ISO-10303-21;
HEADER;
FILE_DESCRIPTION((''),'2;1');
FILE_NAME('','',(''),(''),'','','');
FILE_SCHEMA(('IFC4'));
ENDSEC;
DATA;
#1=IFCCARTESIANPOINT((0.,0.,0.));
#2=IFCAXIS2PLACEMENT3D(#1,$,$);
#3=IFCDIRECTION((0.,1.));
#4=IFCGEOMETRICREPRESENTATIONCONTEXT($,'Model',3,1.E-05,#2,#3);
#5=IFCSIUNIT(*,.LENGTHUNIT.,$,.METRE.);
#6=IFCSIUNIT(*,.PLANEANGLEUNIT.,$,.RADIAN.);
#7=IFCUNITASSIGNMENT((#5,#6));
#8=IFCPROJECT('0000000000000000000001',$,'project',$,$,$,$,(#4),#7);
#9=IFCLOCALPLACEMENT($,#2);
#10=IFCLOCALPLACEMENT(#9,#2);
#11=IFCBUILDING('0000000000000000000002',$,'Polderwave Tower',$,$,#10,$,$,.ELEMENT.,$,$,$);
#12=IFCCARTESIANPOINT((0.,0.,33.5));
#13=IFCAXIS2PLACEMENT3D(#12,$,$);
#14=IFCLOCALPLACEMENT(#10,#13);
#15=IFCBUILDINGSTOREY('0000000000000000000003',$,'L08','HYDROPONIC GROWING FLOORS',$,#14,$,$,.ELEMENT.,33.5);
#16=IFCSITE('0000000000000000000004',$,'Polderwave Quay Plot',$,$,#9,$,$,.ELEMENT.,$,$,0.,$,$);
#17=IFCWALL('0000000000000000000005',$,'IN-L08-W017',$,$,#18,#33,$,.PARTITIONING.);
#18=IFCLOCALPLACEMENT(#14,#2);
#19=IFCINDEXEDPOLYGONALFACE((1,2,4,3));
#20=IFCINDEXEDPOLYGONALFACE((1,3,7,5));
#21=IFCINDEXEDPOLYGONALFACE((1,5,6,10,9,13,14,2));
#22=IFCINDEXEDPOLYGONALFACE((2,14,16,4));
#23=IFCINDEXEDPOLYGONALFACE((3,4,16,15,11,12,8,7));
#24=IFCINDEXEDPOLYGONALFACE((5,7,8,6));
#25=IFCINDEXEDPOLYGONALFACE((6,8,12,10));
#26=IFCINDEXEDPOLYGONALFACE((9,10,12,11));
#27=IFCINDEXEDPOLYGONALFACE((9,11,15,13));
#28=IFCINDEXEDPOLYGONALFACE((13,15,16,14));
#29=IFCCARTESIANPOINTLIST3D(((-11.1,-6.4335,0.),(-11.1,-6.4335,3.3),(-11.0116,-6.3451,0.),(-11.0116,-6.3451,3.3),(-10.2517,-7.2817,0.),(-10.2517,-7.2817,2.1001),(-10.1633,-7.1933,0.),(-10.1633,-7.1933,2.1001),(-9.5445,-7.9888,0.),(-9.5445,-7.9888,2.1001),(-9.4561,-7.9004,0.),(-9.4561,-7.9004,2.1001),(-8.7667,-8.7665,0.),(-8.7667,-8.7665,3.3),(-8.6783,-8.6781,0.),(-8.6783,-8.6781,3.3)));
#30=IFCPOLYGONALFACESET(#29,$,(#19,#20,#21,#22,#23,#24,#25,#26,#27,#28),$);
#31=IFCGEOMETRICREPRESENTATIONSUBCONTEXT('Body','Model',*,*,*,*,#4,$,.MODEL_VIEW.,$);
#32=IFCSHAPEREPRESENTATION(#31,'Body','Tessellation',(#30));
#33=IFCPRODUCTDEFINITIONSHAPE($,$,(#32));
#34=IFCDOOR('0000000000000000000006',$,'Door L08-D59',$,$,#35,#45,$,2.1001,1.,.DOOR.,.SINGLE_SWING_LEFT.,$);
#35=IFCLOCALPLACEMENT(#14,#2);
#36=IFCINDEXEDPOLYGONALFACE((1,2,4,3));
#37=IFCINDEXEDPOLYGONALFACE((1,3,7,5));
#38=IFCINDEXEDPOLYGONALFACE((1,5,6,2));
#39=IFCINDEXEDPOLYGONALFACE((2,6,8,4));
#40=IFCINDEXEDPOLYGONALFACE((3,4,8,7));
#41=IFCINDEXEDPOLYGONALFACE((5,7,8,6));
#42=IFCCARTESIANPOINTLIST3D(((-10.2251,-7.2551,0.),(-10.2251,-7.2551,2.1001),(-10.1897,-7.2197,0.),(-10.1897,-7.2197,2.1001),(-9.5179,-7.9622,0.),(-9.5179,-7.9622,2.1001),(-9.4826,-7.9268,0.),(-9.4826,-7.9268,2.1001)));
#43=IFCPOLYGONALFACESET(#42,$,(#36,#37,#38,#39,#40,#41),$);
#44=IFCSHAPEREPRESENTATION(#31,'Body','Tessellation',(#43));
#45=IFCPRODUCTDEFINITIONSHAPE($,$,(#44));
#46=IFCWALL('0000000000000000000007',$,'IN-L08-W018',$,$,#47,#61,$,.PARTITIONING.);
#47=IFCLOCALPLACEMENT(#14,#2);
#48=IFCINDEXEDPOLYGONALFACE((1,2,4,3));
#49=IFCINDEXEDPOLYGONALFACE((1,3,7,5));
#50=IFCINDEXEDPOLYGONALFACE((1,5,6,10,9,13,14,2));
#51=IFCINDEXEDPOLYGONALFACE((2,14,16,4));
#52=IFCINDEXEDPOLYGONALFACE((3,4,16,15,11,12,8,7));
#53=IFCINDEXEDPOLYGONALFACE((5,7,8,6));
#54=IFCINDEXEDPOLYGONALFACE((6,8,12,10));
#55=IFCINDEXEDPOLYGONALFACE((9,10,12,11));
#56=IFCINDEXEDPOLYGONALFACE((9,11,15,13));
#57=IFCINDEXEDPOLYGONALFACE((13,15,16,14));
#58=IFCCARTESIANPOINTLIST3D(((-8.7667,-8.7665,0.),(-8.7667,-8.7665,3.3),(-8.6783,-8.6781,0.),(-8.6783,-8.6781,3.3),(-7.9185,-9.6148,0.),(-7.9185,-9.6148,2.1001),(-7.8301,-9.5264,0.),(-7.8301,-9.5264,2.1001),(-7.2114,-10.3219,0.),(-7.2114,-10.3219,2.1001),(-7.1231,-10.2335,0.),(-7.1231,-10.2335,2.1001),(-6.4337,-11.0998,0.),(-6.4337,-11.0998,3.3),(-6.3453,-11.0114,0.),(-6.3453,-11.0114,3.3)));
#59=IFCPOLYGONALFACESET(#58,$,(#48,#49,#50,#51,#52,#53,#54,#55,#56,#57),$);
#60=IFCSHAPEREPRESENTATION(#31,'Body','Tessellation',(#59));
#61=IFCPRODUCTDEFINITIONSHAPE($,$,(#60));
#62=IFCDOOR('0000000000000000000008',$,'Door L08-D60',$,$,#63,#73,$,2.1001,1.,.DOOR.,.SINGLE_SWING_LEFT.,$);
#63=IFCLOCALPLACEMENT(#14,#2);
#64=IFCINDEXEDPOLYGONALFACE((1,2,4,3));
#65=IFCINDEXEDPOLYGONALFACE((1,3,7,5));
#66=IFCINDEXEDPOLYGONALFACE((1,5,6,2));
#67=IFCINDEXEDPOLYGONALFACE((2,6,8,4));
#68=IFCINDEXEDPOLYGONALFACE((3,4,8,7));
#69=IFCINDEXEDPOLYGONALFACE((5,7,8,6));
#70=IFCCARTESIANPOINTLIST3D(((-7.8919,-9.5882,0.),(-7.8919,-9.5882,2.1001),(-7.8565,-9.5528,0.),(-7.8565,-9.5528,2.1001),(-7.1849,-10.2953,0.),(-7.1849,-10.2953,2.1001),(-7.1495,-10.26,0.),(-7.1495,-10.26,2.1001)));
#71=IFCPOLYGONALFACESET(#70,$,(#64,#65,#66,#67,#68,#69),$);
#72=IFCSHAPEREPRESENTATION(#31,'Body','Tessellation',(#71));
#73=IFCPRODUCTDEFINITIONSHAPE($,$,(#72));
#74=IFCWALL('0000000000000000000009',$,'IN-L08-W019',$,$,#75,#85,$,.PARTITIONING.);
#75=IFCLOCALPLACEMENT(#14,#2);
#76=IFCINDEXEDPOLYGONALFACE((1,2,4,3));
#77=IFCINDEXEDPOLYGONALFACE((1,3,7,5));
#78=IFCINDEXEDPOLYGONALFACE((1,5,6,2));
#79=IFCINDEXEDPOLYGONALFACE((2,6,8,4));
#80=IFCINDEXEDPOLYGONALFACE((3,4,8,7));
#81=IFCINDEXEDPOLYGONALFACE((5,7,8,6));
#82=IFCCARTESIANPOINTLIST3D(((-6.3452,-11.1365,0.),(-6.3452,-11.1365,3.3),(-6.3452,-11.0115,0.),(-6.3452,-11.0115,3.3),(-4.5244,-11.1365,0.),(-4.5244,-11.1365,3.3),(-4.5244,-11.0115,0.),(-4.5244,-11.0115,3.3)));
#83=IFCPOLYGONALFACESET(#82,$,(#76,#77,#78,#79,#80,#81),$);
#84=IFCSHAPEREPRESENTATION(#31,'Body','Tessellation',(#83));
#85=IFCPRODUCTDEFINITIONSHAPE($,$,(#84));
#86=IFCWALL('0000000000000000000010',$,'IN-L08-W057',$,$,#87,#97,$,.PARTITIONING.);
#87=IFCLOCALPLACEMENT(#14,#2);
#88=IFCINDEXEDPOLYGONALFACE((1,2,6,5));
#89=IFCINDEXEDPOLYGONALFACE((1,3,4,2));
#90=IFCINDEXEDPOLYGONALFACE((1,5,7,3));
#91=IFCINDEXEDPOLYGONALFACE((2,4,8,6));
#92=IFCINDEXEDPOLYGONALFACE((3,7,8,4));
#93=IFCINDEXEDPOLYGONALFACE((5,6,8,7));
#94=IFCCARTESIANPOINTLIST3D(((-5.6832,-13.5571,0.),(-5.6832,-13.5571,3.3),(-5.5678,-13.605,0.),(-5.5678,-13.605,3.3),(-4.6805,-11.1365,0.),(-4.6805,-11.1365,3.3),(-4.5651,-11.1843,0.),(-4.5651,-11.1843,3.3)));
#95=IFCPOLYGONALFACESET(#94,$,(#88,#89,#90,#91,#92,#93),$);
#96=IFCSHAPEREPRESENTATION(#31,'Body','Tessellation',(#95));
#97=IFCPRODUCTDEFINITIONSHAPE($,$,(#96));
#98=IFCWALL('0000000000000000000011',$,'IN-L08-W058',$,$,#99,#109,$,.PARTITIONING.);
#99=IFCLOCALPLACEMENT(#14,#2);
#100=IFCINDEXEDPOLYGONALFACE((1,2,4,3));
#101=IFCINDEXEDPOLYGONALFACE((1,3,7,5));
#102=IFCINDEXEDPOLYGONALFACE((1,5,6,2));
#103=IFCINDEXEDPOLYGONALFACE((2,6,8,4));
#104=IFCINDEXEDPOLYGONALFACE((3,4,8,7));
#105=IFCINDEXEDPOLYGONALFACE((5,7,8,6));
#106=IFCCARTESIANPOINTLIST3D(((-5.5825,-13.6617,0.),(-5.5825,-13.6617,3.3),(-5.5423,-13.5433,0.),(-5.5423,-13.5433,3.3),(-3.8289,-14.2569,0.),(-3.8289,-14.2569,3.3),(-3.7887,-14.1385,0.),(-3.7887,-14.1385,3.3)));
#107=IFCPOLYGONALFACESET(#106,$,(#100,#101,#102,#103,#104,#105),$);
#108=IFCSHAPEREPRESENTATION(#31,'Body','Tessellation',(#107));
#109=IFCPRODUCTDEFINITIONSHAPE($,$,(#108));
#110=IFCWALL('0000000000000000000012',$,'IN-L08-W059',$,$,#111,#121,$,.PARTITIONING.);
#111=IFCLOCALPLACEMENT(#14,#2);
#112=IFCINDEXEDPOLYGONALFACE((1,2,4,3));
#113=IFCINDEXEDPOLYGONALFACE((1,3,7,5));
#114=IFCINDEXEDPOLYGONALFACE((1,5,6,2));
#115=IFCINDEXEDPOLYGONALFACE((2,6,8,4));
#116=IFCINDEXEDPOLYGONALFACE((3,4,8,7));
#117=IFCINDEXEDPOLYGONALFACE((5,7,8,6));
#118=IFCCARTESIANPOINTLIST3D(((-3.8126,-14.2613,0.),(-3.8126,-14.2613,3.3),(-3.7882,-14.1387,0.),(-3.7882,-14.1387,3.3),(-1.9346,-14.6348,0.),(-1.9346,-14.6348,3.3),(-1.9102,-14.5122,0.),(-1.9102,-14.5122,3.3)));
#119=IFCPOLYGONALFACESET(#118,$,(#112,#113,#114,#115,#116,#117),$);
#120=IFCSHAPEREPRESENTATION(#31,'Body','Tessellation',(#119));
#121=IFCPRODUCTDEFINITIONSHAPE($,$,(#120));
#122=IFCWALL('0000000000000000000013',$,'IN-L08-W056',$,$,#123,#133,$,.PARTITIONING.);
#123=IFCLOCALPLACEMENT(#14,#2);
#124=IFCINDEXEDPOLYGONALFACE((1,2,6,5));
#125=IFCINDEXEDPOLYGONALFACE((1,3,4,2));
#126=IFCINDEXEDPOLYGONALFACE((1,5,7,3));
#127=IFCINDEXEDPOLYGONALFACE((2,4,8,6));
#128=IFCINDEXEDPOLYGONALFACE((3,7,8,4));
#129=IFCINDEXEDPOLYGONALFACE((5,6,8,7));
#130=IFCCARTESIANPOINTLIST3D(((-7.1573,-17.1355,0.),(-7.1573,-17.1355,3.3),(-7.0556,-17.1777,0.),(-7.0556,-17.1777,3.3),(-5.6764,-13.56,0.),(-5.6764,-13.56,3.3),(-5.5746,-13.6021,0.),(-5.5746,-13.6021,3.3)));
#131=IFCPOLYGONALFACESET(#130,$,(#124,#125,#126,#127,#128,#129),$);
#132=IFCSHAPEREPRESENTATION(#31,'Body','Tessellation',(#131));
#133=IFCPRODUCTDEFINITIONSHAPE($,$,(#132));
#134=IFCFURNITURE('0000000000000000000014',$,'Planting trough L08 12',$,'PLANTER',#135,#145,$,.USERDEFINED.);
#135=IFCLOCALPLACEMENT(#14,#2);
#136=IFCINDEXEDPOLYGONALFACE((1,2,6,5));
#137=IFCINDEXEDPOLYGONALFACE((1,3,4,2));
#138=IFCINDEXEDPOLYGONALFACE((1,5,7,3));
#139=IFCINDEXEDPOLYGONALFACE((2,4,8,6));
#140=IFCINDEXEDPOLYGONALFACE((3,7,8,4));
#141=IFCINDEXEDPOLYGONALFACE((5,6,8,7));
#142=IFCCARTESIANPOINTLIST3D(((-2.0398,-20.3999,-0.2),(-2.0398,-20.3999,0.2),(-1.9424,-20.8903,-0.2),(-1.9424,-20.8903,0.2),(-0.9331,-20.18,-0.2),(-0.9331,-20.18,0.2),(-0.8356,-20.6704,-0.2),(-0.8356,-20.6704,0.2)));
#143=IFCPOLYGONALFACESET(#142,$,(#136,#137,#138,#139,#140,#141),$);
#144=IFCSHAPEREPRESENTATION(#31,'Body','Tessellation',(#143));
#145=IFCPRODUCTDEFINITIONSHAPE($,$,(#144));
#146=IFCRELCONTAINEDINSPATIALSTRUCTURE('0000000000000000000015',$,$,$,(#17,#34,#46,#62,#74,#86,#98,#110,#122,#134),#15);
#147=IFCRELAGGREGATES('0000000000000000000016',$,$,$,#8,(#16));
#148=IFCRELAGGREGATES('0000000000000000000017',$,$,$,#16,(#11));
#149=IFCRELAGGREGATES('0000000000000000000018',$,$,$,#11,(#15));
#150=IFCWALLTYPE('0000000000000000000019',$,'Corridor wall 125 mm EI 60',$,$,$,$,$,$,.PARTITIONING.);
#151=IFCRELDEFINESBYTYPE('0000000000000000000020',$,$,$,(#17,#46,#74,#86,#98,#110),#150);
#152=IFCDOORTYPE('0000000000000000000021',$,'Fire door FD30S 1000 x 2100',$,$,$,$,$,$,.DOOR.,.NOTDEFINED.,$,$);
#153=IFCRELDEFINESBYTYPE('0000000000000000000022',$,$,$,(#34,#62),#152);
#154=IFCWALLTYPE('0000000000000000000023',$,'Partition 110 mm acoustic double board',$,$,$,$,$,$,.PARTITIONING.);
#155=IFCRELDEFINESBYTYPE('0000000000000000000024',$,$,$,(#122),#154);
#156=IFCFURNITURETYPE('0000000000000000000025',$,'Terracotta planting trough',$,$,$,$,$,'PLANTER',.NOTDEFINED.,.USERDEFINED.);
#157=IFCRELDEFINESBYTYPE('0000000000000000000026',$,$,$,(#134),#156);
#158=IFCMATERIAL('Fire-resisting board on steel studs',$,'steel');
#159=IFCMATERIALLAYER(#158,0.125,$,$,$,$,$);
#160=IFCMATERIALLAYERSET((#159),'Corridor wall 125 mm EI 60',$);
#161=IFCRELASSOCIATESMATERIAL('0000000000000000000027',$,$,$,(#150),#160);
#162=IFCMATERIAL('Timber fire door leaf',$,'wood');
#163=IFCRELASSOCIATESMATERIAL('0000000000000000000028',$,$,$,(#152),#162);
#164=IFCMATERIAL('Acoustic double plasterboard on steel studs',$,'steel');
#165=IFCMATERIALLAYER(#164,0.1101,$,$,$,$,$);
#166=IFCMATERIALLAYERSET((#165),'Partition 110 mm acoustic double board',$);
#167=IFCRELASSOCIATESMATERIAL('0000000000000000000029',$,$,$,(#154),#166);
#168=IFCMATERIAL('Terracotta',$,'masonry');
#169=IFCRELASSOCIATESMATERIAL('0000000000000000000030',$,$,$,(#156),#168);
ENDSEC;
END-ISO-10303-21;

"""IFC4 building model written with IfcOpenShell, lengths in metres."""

from ifc_helpers import new_model, si_unit, direction, frame, frame_2d, origin, origin_2d, place, context, subcontext, project, spatial, rectangle, extrude, material, layer, layer_set, type_object, element, fill, save


model = new_model("IFC4")

# Units and contexts
model_context = context("Model", 3, precision=1e-05, world=origin(), true_north=direction((0.0, 1.0)))
body_context = subcontext(model_context, "Body", "Model", "MODEL_VIEW")
ifc_project = project(units=[si_unit("LENGTHUNIT", "METRE"), si_unit("PLANEANGLEUNIT", "RADIAN")], contexts=[model_context])

# Site, building, storey
site_placement = place(None, origin())
site = spatial("IfcSite", under=ifc_project, at=site_placement, Name="Polderwave Quay Plot", CompositionType="ELEMENT", RefElevation=0.0)
building_placement = place(site_placement, origin())
building = spatial("IfcBuilding", under=site, at=building_placement, Name="Polderwave Tower", CompositionType="ELEMENT")
storey_placement = place(building_placement, frame((0.0, 0.0, 33.5)))
storey = spatial("IfcBuildingStorey", under=building, at=storey_placement, Name="L08", Description="HYDROPONIC GROWING FLOORS", CompositionType="ELEMENT", Elevation=33.5)

# Walls, openings, doors
ifc_material_1 = material(Name="Fire-resisting board on steel studs", Category="steel")
ifc_layer_1 = layer(ifc_material_1, 0.125)
ifc_layer_set_1 = layer_set([ifc_layer_1], Name="Corridor wall 125 mm EI 60")
wall_type_1 = type_object("IfcWallType", Name="Corridor wall 125 mm EI 60", PredefinedType="PARTITIONING", material=ifc_layer_set_1)
wall_1_placement = place(storey_placement, frame((-8.7224, -8.7224, 0.0), z_axis=(0.0, 0.0, 1.0), x_axis=(-0.707144, 0.70707, 0.0)))
wall_1 = element("IfcWall", 1, at=wall_1_placement, inside=storey, type_object=wall_type_1, Name="IN-L08-W017", PredefinedType="PARTITIONING", context=body_context, shape_type="SweptSolid", body=[
    extrude(rectangle(XDim=3.2996, YDim=0.125, at=frame_2d((1.6499, 0.0))), origin(), (0.0, 0.0, 1.0), 3.3),
])
opening_1_placement = place(wall_1_placement, frame((1.1001, 0.0, 0.0)))
opening_1 = element("IfcOpeningElement", 2, at=opening_1_placement, cuts=wall_1, PredefinedType="OPENING", context=body_context, shape_type="SweptSolid", body=[
    extrude(rectangle(XDim=1.0, YDim=2.1001, at=frame_2d((0.5, 1.05))), frame((0.0, 0.0725, 0.0), z_axis=(0.0, -1.0, 0.0), x_axis=(1.0, 0.0, 0.0)), (0.0, 0.0, 1.0), 0.145),
])
ifc_material_2 = material(Name="Timber fire door leaf", Category="wood")
door_type = type_object("IfcDoorType", Name="Fire door FD30S 1000 x 2100", OperationType="NOTDEFINED", PredefinedType="DOOR", material=ifc_material_2)
door_1_placement = place(opening_1_placement, origin())
door_1 = element("IfcDoor", 3, at=door_1_placement, inside=storey, type_object=door_type, Name="Door L08-D59", OperationType="SINGLE_SWING_LEFT", OverallHeight=2.1001, OverallWidth=1.0, PredefinedType="DOOR", context=body_context, shape_type="SweptSolid", body=[
    extrude(rectangle(XDim=1.0, YDim=2.1001, at=frame_2d((0.5, 1.05))), frame((0.0, 0.0249, 0.0), z_axis=(0.0, -1.0, 0.0), x_axis=(1.0, 0.0, 0.0)), (0.0, 0.0, 1.0), 0.05),
])
fill(opening_1, door_1)
wall_2_placement = place(storey_placement, frame((-6.3894, -11.0557, 0.0), z_axis=(0.0, 0.0, 1.0), x_axis=(-0.70707, 0.707144, 0.0)))
wall_2 = element("IfcWall", 4, at=wall_2_placement, inside=storey, type_object=wall_type_1, Name="IN-L08-W018", PredefinedType="PARTITIONING", context=body_context, shape_type="SweptSolid", body=[
    extrude(rectangle(XDim=3.2996, YDim=0.125, at=frame_2d((1.6499, 0.0))), origin(), (0.0, 0.0, 1.0), 3.3),
])
opening_2_placement = place(wall_2_placement, frame((1.1001, 0.0, 0.0)))
opening_2 = element("IfcOpeningElement", 5, at=opening_2_placement, cuts=wall_2, PredefinedType="OPENING", context=body_context, shape_type="SweptSolid", body=[
    extrude(rectangle(XDim=1.0, YDim=2.1001, at=frame_2d((0.5, 1.05))), frame((0.0, 0.0725, 0.0), z_axis=(0.0, -1.0, 0.0), x_axis=(1.0, 0.0, 0.0)), (0.0, 0.0, 1.0), 0.145),
])
door_2_placement = place(opening_2_placement, origin())
door_2 = element("IfcDoor", 6, at=door_2_placement, inside=storey, type_object=door_type, Name="Door L08-D60", OperationType="SINGLE_SWING_LEFT", OverallHeight=2.1001, OverallWidth=1.0, PredefinedType="DOOR", context=body_context, shape_type="SweptSolid", body=[
    extrude(rectangle(XDim=1.0, YDim=2.1001, at=frame_2d((0.5, 1.05))), frame((0.0, 0.0249, 0.0), z_axis=(0.0, -1.0, 0.0), x_axis=(1.0, 0.0, 0.0)), (0.0, 0.0, 1.0), 0.05),
])
fill(opening_2, door_2)

# Walls
wall_3_placement = place(storey_placement, frame((-4.5244, -11.074, 0.0), z_axis=(0.0, 0.0, 1.0), x_axis=(-1.0, 0.0, 0.0)))
element("IfcWall", 7, at=wall_3_placement, inside=storey, type_object=wall_type_1, Name="IN-L08-W019", PredefinedType="PARTITIONING", context=body_context, shape_type="SweptSolid", body=[
    extrude(rectangle(XDim=1.8208, YDim=0.125, at=frame_2d((0.9104, 0.0))), origin(), (0.0, 0.0, 1.0), 3.3),
])
wall_4_placement = place(storey_placement, frame((-4.6228, -11.1604, 0.0), z_axis=(0.0, 0.0, 1.0), x_axis=(-0.382689, -0.923877, 0.0)))
element("IfcWall", 8, at=wall_4_placement, inside=storey, type_object=wall_type_1, Name="IN-L08-W057", PredefinedType="PARTITIONING", context=body_context, shape_type="SweptSolid", body=[
    extrude(rectangle(XDim=2.6201, YDim=0.125, at=frame_2d((1.3101, 0.0))), origin(), (0.0, 0.0, 1.0), 3.3),
])
wall_5_placement = place(storey_placement, frame((-5.5623, -13.6025, 0.0), z_axis=(0.0, 0.0, 1.0), x_axis=(0.946942, -0.321404, 0.0)))
element("IfcWall", 9, at=wall_5_placement, inside=storey, type_object=wall_type_1, Name="IN-L08-W058", PredefinedType="PARTITIONING", context=body_context, shape_type="SweptSolid", body=[
    extrude(rectangle(XDim=1.8518, YDim=0.125, at=frame_2d((0.9258, 0.0))), origin(), (0.0, 0.0, 1.0), 3.3),
])
wall_6_placement = place(storey_placement, frame((-3.8005, -14.2, 0.0), z_axis=(0.0, 0.0, 1.0), x_axis=(0.980786, -0.195086, 0.0)))
element("IfcWall", 10, at=wall_6_placement, inside=storey, type_object=wall_type_1, Name="IN-L08-W059", PredefinedType="PARTITIONING", context=body_context, shape_type="SweptSolid", body=[
    extrude(rectangle(XDim=1.9148, YDim=0.125, at=frame_2d((0.9575, 0.0))), origin(), (0.0, 0.0, 1.0), 3.3),
])
ifc_material_3 = material(Name="Acoustic double plasterboard on steel studs", Category="steel")
ifc_layer_2 = layer(ifc_material_3, 0.1101)
ifc_layer_set_2 = layer_set([ifc_layer_2], Name="Partition 110 mm acoustic double board")
wall_type_2 = type_object("IfcWallType", Name="Partition 110 mm acoustic double board", PredefinedType="PARTITIONING", material=ifc_layer_set_2)
wall_7_placement = place(storey_placement, frame((-5.6255, -13.5811, 0.0), z_axis=(0.0, 0.0, 1.0), x_axis=(-0.382675, -0.923883, 0.0)))
element("IfcWall", 11, at=wall_7_placement, inside=storey, type_object=wall_type_2, Name="IN-L08-W056", PredefinedType="PARTITIONING", context=body_context, shape_type="SweptSolid", body=[
    extrude(rectangle(XDim=3.8701, YDim=0.1101, at=frame_2d((1.9351, 0.0))), origin(), (0.0, 0.0, 1.0), 3.3),
])

# Furniture
ifc_material_4 = material(Name="Terracotta", Category="masonry")
furniture_type = type_object("IfcFurnitureType", Name="Terracotta planting trough", ElementType="PLANTER", AssemblyPlace="NOTDEFINED", PredefinedType="USERDEFINED", material=ifc_material_4)
furniture_placement = place(storey_placement, frame((-1.4377, -20.5352, -0.2), z_axis=(0.0, 0.0, 1.0), x_axis=(0.980839, 0.194822, 0.0)))
element("IfcFurniture", 12, at=furniture_placement, inside=storey, type_object=furniture_type, Name="Planting trough L08 12", ObjectType="PLANTER", PredefinedType="USERDEFINED", context=body_context, shape_type="SweptSolid", body=[
    extrude(rectangle(XDim=1.1284, YDim=0.5, at=origin_2d()), origin(), (0.0, 0.0, 1.0), 0.3999),
])

save(model, "model.ifc")
